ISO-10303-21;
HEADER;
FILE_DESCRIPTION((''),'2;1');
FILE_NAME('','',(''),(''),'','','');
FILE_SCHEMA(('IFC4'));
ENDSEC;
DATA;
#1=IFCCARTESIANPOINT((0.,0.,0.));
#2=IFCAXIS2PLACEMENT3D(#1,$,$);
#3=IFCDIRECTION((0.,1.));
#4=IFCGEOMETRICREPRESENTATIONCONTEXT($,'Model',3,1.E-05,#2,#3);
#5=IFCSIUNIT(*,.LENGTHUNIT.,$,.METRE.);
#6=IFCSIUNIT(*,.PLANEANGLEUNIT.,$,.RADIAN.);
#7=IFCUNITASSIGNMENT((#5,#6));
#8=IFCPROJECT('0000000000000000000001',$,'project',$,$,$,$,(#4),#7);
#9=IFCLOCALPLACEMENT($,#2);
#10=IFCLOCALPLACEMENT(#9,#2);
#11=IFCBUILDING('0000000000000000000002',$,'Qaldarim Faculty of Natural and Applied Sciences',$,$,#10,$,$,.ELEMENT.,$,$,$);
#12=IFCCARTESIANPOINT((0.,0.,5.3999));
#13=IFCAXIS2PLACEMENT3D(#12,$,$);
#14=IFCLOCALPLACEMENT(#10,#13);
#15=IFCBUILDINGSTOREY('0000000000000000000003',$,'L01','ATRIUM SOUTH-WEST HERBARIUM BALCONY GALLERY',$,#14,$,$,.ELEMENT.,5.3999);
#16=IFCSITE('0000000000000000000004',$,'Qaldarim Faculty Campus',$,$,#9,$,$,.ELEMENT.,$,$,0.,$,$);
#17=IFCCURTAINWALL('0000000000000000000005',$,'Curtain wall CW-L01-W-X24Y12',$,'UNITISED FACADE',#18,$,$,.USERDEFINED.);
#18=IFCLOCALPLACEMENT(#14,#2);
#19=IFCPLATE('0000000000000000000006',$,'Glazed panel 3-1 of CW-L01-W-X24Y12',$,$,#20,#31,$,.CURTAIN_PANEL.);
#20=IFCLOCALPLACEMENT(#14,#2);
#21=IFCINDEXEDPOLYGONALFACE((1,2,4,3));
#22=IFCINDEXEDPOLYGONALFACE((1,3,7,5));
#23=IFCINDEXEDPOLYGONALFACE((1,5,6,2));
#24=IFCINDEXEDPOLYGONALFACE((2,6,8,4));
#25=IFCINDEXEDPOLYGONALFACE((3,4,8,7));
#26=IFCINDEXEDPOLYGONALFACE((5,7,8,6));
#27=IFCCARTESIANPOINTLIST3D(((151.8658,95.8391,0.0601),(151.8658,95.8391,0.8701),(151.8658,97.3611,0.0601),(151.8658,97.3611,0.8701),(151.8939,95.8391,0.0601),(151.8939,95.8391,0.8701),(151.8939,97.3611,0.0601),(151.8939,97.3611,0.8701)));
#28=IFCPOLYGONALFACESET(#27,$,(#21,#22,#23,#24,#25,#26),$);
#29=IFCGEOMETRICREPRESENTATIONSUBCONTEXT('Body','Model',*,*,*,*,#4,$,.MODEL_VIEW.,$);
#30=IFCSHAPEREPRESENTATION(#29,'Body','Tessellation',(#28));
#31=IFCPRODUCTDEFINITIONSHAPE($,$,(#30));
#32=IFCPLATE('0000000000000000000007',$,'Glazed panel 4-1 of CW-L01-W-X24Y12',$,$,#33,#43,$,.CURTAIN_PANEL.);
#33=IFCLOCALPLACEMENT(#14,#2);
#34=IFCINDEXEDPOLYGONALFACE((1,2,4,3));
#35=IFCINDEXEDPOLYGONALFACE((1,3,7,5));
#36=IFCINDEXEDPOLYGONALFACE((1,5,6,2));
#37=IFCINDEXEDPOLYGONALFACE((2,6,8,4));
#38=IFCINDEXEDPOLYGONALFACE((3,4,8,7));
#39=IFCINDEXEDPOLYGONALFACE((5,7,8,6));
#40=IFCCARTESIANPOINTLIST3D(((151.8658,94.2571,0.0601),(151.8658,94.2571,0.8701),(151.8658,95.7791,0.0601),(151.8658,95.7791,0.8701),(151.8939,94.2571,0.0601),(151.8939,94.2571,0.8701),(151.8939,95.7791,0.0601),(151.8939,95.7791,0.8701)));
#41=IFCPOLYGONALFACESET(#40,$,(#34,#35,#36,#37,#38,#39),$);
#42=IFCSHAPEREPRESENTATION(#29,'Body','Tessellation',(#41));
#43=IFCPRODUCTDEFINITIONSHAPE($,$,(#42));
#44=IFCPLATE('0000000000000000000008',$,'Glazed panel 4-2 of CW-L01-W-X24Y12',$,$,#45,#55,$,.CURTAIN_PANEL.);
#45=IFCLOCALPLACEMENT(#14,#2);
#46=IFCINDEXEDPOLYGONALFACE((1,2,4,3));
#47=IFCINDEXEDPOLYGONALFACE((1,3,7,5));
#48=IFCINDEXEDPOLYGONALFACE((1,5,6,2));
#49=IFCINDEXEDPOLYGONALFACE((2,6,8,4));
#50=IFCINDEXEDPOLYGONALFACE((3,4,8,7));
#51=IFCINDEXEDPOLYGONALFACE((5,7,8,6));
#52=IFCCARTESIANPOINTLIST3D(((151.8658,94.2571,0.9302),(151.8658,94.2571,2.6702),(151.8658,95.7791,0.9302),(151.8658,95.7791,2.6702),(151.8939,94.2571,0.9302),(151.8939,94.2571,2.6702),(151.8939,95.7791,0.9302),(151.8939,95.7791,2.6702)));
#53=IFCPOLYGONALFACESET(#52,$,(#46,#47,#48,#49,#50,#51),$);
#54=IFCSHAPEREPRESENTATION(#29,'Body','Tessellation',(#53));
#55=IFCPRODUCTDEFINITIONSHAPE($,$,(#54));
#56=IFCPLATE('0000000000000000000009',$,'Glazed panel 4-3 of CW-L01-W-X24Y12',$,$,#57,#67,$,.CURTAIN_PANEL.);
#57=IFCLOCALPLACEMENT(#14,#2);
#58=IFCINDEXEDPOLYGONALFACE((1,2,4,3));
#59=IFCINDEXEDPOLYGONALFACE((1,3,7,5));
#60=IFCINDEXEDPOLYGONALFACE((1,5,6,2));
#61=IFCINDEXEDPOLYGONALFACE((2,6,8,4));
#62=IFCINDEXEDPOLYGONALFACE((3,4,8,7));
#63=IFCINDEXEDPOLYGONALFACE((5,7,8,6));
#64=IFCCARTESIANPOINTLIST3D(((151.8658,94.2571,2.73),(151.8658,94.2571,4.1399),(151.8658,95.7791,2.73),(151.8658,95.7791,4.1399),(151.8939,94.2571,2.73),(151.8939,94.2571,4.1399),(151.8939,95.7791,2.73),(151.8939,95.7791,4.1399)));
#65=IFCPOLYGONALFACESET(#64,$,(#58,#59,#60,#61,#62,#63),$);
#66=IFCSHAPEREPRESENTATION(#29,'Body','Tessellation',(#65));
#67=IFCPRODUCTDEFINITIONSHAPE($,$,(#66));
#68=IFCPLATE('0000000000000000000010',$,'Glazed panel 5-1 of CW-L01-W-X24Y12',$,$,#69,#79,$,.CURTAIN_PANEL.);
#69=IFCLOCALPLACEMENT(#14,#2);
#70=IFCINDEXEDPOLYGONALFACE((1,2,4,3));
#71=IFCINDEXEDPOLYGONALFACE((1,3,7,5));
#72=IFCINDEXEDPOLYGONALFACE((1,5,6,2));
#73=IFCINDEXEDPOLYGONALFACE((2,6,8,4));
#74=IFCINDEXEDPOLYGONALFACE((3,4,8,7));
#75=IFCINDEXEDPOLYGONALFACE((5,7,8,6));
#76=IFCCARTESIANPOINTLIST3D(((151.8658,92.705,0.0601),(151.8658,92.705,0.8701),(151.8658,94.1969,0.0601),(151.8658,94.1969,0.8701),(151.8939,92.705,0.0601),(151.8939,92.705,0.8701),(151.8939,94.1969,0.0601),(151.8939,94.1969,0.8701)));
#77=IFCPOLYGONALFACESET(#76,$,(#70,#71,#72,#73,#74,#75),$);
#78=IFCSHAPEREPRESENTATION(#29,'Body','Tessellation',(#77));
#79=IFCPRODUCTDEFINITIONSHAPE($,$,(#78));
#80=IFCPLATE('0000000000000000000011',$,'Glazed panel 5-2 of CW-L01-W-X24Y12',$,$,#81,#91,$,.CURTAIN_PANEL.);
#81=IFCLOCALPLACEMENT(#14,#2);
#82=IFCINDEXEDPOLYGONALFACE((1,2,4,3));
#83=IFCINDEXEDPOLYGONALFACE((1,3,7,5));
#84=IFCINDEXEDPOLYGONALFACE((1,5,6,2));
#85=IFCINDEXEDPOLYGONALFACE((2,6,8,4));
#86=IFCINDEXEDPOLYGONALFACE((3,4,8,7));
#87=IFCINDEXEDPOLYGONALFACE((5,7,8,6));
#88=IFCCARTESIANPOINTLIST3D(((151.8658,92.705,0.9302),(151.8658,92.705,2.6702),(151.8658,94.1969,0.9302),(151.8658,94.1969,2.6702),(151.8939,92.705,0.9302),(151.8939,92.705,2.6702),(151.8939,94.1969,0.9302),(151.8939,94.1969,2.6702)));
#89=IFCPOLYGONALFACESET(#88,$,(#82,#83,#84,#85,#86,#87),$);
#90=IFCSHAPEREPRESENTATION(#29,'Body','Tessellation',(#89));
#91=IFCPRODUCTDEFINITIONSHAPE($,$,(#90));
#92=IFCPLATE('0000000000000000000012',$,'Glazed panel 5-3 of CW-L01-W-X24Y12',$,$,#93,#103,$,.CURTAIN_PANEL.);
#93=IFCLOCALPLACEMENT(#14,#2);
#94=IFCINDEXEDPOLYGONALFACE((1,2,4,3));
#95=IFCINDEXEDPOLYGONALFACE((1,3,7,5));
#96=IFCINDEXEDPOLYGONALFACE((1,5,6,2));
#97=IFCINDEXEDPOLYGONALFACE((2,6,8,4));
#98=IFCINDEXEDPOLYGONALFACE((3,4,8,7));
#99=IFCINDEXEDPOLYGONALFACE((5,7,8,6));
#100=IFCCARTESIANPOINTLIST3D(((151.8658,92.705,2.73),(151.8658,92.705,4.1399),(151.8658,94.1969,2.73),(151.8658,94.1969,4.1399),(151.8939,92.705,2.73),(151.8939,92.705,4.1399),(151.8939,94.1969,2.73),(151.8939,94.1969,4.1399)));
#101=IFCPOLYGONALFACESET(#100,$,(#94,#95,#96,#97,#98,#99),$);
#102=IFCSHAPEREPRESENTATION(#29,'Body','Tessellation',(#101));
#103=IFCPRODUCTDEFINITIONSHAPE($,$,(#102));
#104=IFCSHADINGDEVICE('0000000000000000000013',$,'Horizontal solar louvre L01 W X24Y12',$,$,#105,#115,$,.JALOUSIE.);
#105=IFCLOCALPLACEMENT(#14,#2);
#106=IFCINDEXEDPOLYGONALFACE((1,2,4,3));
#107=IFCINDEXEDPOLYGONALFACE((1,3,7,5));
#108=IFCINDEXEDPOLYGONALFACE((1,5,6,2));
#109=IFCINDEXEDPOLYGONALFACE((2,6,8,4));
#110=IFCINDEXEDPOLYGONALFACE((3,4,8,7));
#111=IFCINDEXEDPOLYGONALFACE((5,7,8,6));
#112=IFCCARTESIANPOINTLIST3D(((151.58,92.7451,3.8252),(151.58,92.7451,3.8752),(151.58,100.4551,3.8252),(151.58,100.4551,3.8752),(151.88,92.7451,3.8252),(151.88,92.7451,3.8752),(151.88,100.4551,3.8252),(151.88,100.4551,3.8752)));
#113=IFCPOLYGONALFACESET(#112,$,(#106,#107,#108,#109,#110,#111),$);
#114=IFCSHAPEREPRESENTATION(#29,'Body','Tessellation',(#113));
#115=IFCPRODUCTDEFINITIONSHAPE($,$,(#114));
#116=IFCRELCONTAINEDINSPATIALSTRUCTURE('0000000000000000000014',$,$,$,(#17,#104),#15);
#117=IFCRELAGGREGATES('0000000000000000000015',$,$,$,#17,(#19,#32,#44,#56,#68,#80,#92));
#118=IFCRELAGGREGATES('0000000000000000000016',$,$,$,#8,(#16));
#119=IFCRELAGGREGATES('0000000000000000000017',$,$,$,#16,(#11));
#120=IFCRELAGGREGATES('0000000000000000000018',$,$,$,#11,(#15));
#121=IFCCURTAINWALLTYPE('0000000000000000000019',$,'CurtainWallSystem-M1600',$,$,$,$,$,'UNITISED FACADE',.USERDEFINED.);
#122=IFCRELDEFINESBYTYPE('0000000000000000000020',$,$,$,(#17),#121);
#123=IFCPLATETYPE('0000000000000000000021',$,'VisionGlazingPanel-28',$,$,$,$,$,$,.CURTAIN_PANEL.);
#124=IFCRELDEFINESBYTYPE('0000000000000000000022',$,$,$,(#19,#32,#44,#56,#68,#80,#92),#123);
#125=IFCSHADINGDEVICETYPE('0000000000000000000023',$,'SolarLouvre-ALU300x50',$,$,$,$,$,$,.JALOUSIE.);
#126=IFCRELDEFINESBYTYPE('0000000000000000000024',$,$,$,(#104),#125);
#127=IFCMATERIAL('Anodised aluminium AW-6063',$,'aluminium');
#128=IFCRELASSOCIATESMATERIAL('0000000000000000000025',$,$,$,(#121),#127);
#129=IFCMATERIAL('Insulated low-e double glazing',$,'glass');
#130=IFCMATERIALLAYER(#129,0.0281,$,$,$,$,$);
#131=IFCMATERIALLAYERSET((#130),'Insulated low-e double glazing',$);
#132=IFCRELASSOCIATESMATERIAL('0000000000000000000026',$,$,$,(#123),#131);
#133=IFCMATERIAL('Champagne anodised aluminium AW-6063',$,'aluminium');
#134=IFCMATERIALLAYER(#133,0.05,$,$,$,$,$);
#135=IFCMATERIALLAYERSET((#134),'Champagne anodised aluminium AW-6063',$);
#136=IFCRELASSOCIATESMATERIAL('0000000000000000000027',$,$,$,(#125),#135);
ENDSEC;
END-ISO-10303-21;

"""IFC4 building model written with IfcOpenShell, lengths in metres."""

from ifc_helpers import new_model, si_unit, direction, frame, origin, origin_2d, place, context, subcontext, project, spatial, rectangle, extrude, material, layer, layer_set, type_object, element, aggregate, save


model = new_model("IFC4")

# Units and contexts
model_context = context("Model", 3, precision=1e-05, world=origin(), true_north=direction((0.0, 1.0)))
body_context = subcontext(model_context, "Body", "Model", "MODEL_VIEW")
ifc_project = project(units=[si_unit("LENGTHUNIT", "METRE"), si_unit("PLANEANGLEUNIT", "RADIAN")], contexts=[model_context])

# Site, building, storey
site_placement = place(None, origin())
site = spatial("IfcSite", under=ifc_project, at=site_placement, Name="Qaldarim Faculty Campus", CompositionType="ELEMENT", RefElevation=0.0)
building_placement = place(site_placement, origin())
building = spatial("IfcBuilding", under=site, at=building_placement, Name="Qaldarim Faculty of Natural and Applied Sciences", CompositionType="ELEMENT")
storey_placement = place(building_placement, frame((0.0, 0.0, 5.3999)))
storey = spatial("IfcBuildingStorey", under=building, at=storey_placement, Name="L01", Description="ATRIUM SOUTH-WEST HERBARIUM BALCONY GALLERY", CompositionType="ELEMENT", Elevation=5.3999)

# Shared definitions
ifc_material_1 = material(Name="Anodised aluminium AW-6063", Category="aluminium")
curtain_wall_type = type_object("IfcCurtainWallType", Name="CurtainWallSystem-M1600", ElementType="UNITISED FACADE", PredefinedType="USERDEFINED", material=ifc_material_1)

# Curtain wall, plates
curtain_wall_1_placement = place(storey_placement, origin())
curtain_wall_1 = element("IfcCurtainWall", 1, at=curtain_wall_1_placement, inside=storey, type_object=curtain_wall_type, Name="Curtain wall CW-L01-W-X24Y12", ObjectType="UNITISED FACADE", PredefinedType="USERDEFINED")
ifc_material_2 = material(Name="Insulated low-e double glazing", Category="glass")
ifc_layer_1 = layer(ifc_material_2, 0.0281)
ifc_layer_set_1 = layer_set([ifc_layer_1], Name="Insulated low-e double glazing")
plate_type = type_object("IfcPlateType", Name="VisionGlazingPanel-28", PredefinedType="CURTAIN_PANEL", material=ifc_layer_set_1)
plate_1_placement = place(storey_placement, frame((151.8799, 96.6001, 0.0601), z_axis=(0.0, 0.0, 1.0), x_axis=(0.0, -1.0, 0.0)))
plate_1 = element("IfcPlate", 2, at=plate_1_placement, type_object=plate_type, Name="Glazed panel 3-1 of CW-L01-W-X24Y12", PredefinedType="CURTAIN_PANEL", context=body_context, shape_type="SweptSolid", body=[
    extrude(rectangle(XDim=1.522, YDim=0.0281, at=origin_2d()), origin(), (0.0, 0.0, 1.0), 0.8101),
])
plate_2_placement = place(storey_placement, frame((151.8799, 95.0181, 0.0601), z_axis=(0.0, 0.0, 1.0), x_axis=(0.0, -1.0, 0.0)))
plate_2 = element("IfcPlate", 3, at=plate_2_placement, type_object=plate_type, Name="Glazed panel 4-1 of CW-L01-W-X24Y12", PredefinedType="CURTAIN_PANEL", context=body_context, shape_type="SweptSolid", body=[
    extrude(rectangle(XDim=1.522, YDim=0.0281, at=origin_2d()), origin(), (0.0, 0.0, 1.0), 0.8101),
])
plate_3_placement = place(storey_placement, frame((151.8799, 95.0181, 0.9302), z_axis=(0.0, 0.0, 1.0), x_axis=(0.0, -1.0, 0.0)))
plate_3 = element("IfcPlate", 4, at=plate_3_placement, type_object=plate_type, Name="Glazed panel 4-2 of CW-L01-W-X24Y12", PredefinedType="CURTAIN_PANEL", context=body_context, shape_type="SweptSolid", body=[
    extrude(rectangle(XDim=1.522, YDim=0.0281, at=origin_2d()), origin(), (0.0, 0.0, 1.0), 1.74),
])
plate_4_placement = place(storey_placement, frame((151.8799, 95.0181, 2.73), z_axis=(0.0, 0.0, 1.0), x_axis=(0.0, -1.0, 0.0)))
plate_4 = element("IfcPlate", 5, at=plate_4_placement, type_object=plate_type, Name="Glazed panel 4-3 of CW-L01-W-X24Y12", PredefinedType="CURTAIN_PANEL", context=body_context, shape_type="SweptSolid", body=[
    extrude(rectangle(XDim=1.522, YDim=0.0281, at=origin_2d()), origin(), (0.0, 0.0, 1.0), 1.4099),
])
plate_5_placement = place(storey_placement, frame((151.8799, 93.4509, 0.0601), z_axis=(0.0, 0.0, 1.0), x_axis=(0.0, -1.0, 0.0)))
plate_5 = element("IfcPlate", 6, at=plate_5_placement, type_object=plate_type, Name="Glazed panel 5-1 of CW-L01-W-X24Y12", PredefinedType="CURTAIN_PANEL", context=body_context, shape_type="SweptSolid", body=[
    extrude(rectangle(XDim=1.4919, YDim=0.0281, at=origin_2d()), origin(), (0.0, 0.0, 1.0), 0.8101),
])
plate_6_placement = place(storey_placement, frame((151.8799, 93.4509, 0.9302), z_axis=(0.0, 0.0, 1.0), x_axis=(0.0, -1.0, 0.0)))
plate_6 = element("IfcPlate", 7, at=plate_6_placement, type_object=plate_type, Name="Glazed panel 5-2 of CW-L01-W-X24Y12", PredefinedType="CURTAIN_PANEL", context=body_context, shape_type="SweptSolid", body=[
    extrude(rectangle(XDim=1.4919, YDim=0.0281, at=origin_2d()), origin(), (0.0, 0.0, 1.0), 1.74),
])
plate_7_placement = place(storey_placement, frame((151.8799, 93.4509, 2.73), z_axis=(0.0, 0.0, 1.0), x_axis=(0.0, -1.0, 0.0)))
plate_7 = element("IfcPlate", 8, at=plate_7_placement, type_object=plate_type, Name="Glazed panel 5-3 of CW-L01-W-X24Y12", PredefinedType="CURTAIN_PANEL", context=body_context, shape_type="SweptSolid", body=[
    extrude(rectangle(XDim=1.4919, YDim=0.0281, at=origin_2d()), origin(), (0.0, 0.0, 1.0), 1.4099),
])
aggregate(curtain_wall_1, [plate_1, plate_2, plate_3, plate_4, plate_5, plate_6, plate_7])

# Shading device
ifc_material_3 = material(Name="Champagne anodised aluminium AW-6063", Category="aluminium")
ifc_layer_2 = layer(ifc_material_3, 0.05)
ifc_layer_set_2 = layer_set([ifc_layer_2], Name="Champagne anodised aluminium AW-6063")
shading_device_type = type_object("IfcShadingDeviceType", Name="SolarLouvre-ALU300x50", PredefinedType="JALOUSIE", material=ifc_layer_set_2)
shading_device_placement = place(storey_placement, frame((151.73, 96.6001, 3.8252), z_axis=(0.0, 0.0, 1.0), x_axis=(0.0, 1.0, 0.0)))
element("IfcShadingDevice", 9, at=shading_device_placement, inside=storey, type_object=shading_device_type, Name="Horizontal solar louvre L01 W X24Y12", PredefinedType="JALOUSIE", context=body_context, shape_type="SweptSolid", body=[
    extrude(rectangle(XDim=7.71, YDim=0.3, at=origin_2d()), origin(), (0.0, 0.0, 1.0), 0.05),
])

save(model, "model.ifc")
